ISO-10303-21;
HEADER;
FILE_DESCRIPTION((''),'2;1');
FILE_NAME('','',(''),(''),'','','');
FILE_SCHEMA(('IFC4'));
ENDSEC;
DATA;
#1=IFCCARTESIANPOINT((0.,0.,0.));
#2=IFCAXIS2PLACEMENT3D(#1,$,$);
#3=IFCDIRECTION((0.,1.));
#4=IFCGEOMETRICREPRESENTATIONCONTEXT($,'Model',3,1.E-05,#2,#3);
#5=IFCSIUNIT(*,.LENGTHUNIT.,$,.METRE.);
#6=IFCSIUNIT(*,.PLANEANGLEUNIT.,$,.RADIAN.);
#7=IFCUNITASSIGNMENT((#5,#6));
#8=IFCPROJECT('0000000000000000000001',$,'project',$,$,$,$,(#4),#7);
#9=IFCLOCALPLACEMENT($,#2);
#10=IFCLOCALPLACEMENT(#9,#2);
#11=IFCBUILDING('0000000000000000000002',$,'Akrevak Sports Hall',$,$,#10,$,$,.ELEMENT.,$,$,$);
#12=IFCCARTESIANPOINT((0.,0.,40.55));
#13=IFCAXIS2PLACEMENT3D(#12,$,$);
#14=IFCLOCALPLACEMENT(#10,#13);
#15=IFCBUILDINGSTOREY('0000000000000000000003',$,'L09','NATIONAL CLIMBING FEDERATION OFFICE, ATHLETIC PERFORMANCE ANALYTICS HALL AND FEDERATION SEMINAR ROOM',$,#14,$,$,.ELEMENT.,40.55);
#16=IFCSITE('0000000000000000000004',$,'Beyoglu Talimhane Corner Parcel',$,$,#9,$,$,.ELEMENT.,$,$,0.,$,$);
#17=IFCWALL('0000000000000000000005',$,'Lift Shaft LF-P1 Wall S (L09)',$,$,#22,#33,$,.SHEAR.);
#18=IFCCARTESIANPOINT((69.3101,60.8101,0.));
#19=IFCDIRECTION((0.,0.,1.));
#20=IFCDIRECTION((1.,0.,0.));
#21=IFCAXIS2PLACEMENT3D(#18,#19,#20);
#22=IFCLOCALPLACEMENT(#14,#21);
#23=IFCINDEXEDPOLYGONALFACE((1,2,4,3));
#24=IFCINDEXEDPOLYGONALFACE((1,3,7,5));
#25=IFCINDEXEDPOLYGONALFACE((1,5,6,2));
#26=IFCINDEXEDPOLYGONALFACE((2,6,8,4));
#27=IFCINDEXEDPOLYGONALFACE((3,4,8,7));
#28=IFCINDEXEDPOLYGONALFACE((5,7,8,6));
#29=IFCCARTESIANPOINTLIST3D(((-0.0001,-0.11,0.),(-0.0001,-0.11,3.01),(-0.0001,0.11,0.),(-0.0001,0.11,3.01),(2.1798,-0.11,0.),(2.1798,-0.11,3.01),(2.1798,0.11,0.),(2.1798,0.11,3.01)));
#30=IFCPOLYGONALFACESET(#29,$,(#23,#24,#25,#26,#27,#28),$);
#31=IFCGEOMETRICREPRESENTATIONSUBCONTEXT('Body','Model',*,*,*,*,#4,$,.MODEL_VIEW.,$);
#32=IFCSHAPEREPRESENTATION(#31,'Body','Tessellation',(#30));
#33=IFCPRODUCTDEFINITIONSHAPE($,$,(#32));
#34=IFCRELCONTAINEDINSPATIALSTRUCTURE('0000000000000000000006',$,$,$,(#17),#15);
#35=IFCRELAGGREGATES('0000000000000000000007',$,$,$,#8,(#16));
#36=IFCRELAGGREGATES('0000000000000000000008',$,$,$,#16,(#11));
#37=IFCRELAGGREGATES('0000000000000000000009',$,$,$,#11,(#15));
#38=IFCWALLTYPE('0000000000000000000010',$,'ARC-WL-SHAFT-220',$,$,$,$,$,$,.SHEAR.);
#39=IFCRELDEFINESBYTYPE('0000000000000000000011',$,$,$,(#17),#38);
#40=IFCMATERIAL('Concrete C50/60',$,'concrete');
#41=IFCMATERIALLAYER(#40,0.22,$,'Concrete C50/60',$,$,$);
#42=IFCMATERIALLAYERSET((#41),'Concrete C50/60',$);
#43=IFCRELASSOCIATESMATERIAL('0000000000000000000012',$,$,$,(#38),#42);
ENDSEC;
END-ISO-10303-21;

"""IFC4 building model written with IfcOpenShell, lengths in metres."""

from ifc_helpers import new_model, si_unit, direction, frame, frame_2d, origin, place, context, subcontext, project, spatial, rectangle, extrude, material, layer, layer_set, type_object, element, save


model = new_model("IFC4")

# Units and contexts
model_context = context("Model", 3, precision=1e-05, world=origin(), true_north=direction((0.0, 1.0)))
body_context = subcontext(model_context, "Body", "Model", "MODEL_VIEW")
ifc_project = project(units=[si_unit("LENGTHUNIT", "METRE"), si_unit("PLANEANGLEUNIT", "RADIAN")], contexts=[model_context])

# Site, building, storey
site_placement = place(None, origin())
site = spatial("IfcSite", under=ifc_project, at=site_placement, Name="Beyoglu Talimhane Corner Parcel", CompositionType="ELEMENT", RefElevation=0.0)
building_placement = place(site_placement, origin())
building = spatial("IfcBuilding", under=site, at=building_placement, Name="Akrevak Sports Hall", CompositionType="ELEMENT")
storey_placement = place(building_placement, frame((0.0, 0.0, 40.55)))
storey = spatial("IfcBuildingStorey", under=building, at=storey_placement, Name="L09", Description="NATIONAL CLIMBING FEDERATION OFFICE, ATHLETIC PERFORMANCE ANALYTICS HALL AND FEDERATION SEMINAR ROOM", CompositionType="ELEMENT", Elevation=40.55)

# Shared definitions
ifc_material_1 = material(Name="Concrete C50/60", Category="concrete")

# Wall
ifc_layer_1 = layer(ifc_material_1, 0.22, Name="Concrete C50/60")
ifc_layer_set_1 = layer_set([ifc_layer_1], Name="Concrete C50/60")
wall_type_1 = type_object("IfcWallType", Name="ARC-WL-SHAFT-220", PredefinedType="SHEAR", material=ifc_layer_set_1)
wall_1_placement = place(storey_placement, frame((69.3101, 60.8101, 0.0), z_axis=(0.0, 0.0, 1.0), x_axis=(1.0, 0.0, 0.0)))
element("IfcWall", 1, at=wall_1_placement, inside=storey, type_object=wall_type_1, Name="Lift Shaft LF-P1 Wall S (L09)", PredefinedType="SHEAR", context=body_context, shape_type="SweptSolid", body=[
    extrude(rectangle(XDim=2.1799, YDim=0.22, at=frame_2d((1.0898, 0.0))), origin(), (0.0, 0.0, 1.0), 3.01),
])

save(model, "model.ifc")
